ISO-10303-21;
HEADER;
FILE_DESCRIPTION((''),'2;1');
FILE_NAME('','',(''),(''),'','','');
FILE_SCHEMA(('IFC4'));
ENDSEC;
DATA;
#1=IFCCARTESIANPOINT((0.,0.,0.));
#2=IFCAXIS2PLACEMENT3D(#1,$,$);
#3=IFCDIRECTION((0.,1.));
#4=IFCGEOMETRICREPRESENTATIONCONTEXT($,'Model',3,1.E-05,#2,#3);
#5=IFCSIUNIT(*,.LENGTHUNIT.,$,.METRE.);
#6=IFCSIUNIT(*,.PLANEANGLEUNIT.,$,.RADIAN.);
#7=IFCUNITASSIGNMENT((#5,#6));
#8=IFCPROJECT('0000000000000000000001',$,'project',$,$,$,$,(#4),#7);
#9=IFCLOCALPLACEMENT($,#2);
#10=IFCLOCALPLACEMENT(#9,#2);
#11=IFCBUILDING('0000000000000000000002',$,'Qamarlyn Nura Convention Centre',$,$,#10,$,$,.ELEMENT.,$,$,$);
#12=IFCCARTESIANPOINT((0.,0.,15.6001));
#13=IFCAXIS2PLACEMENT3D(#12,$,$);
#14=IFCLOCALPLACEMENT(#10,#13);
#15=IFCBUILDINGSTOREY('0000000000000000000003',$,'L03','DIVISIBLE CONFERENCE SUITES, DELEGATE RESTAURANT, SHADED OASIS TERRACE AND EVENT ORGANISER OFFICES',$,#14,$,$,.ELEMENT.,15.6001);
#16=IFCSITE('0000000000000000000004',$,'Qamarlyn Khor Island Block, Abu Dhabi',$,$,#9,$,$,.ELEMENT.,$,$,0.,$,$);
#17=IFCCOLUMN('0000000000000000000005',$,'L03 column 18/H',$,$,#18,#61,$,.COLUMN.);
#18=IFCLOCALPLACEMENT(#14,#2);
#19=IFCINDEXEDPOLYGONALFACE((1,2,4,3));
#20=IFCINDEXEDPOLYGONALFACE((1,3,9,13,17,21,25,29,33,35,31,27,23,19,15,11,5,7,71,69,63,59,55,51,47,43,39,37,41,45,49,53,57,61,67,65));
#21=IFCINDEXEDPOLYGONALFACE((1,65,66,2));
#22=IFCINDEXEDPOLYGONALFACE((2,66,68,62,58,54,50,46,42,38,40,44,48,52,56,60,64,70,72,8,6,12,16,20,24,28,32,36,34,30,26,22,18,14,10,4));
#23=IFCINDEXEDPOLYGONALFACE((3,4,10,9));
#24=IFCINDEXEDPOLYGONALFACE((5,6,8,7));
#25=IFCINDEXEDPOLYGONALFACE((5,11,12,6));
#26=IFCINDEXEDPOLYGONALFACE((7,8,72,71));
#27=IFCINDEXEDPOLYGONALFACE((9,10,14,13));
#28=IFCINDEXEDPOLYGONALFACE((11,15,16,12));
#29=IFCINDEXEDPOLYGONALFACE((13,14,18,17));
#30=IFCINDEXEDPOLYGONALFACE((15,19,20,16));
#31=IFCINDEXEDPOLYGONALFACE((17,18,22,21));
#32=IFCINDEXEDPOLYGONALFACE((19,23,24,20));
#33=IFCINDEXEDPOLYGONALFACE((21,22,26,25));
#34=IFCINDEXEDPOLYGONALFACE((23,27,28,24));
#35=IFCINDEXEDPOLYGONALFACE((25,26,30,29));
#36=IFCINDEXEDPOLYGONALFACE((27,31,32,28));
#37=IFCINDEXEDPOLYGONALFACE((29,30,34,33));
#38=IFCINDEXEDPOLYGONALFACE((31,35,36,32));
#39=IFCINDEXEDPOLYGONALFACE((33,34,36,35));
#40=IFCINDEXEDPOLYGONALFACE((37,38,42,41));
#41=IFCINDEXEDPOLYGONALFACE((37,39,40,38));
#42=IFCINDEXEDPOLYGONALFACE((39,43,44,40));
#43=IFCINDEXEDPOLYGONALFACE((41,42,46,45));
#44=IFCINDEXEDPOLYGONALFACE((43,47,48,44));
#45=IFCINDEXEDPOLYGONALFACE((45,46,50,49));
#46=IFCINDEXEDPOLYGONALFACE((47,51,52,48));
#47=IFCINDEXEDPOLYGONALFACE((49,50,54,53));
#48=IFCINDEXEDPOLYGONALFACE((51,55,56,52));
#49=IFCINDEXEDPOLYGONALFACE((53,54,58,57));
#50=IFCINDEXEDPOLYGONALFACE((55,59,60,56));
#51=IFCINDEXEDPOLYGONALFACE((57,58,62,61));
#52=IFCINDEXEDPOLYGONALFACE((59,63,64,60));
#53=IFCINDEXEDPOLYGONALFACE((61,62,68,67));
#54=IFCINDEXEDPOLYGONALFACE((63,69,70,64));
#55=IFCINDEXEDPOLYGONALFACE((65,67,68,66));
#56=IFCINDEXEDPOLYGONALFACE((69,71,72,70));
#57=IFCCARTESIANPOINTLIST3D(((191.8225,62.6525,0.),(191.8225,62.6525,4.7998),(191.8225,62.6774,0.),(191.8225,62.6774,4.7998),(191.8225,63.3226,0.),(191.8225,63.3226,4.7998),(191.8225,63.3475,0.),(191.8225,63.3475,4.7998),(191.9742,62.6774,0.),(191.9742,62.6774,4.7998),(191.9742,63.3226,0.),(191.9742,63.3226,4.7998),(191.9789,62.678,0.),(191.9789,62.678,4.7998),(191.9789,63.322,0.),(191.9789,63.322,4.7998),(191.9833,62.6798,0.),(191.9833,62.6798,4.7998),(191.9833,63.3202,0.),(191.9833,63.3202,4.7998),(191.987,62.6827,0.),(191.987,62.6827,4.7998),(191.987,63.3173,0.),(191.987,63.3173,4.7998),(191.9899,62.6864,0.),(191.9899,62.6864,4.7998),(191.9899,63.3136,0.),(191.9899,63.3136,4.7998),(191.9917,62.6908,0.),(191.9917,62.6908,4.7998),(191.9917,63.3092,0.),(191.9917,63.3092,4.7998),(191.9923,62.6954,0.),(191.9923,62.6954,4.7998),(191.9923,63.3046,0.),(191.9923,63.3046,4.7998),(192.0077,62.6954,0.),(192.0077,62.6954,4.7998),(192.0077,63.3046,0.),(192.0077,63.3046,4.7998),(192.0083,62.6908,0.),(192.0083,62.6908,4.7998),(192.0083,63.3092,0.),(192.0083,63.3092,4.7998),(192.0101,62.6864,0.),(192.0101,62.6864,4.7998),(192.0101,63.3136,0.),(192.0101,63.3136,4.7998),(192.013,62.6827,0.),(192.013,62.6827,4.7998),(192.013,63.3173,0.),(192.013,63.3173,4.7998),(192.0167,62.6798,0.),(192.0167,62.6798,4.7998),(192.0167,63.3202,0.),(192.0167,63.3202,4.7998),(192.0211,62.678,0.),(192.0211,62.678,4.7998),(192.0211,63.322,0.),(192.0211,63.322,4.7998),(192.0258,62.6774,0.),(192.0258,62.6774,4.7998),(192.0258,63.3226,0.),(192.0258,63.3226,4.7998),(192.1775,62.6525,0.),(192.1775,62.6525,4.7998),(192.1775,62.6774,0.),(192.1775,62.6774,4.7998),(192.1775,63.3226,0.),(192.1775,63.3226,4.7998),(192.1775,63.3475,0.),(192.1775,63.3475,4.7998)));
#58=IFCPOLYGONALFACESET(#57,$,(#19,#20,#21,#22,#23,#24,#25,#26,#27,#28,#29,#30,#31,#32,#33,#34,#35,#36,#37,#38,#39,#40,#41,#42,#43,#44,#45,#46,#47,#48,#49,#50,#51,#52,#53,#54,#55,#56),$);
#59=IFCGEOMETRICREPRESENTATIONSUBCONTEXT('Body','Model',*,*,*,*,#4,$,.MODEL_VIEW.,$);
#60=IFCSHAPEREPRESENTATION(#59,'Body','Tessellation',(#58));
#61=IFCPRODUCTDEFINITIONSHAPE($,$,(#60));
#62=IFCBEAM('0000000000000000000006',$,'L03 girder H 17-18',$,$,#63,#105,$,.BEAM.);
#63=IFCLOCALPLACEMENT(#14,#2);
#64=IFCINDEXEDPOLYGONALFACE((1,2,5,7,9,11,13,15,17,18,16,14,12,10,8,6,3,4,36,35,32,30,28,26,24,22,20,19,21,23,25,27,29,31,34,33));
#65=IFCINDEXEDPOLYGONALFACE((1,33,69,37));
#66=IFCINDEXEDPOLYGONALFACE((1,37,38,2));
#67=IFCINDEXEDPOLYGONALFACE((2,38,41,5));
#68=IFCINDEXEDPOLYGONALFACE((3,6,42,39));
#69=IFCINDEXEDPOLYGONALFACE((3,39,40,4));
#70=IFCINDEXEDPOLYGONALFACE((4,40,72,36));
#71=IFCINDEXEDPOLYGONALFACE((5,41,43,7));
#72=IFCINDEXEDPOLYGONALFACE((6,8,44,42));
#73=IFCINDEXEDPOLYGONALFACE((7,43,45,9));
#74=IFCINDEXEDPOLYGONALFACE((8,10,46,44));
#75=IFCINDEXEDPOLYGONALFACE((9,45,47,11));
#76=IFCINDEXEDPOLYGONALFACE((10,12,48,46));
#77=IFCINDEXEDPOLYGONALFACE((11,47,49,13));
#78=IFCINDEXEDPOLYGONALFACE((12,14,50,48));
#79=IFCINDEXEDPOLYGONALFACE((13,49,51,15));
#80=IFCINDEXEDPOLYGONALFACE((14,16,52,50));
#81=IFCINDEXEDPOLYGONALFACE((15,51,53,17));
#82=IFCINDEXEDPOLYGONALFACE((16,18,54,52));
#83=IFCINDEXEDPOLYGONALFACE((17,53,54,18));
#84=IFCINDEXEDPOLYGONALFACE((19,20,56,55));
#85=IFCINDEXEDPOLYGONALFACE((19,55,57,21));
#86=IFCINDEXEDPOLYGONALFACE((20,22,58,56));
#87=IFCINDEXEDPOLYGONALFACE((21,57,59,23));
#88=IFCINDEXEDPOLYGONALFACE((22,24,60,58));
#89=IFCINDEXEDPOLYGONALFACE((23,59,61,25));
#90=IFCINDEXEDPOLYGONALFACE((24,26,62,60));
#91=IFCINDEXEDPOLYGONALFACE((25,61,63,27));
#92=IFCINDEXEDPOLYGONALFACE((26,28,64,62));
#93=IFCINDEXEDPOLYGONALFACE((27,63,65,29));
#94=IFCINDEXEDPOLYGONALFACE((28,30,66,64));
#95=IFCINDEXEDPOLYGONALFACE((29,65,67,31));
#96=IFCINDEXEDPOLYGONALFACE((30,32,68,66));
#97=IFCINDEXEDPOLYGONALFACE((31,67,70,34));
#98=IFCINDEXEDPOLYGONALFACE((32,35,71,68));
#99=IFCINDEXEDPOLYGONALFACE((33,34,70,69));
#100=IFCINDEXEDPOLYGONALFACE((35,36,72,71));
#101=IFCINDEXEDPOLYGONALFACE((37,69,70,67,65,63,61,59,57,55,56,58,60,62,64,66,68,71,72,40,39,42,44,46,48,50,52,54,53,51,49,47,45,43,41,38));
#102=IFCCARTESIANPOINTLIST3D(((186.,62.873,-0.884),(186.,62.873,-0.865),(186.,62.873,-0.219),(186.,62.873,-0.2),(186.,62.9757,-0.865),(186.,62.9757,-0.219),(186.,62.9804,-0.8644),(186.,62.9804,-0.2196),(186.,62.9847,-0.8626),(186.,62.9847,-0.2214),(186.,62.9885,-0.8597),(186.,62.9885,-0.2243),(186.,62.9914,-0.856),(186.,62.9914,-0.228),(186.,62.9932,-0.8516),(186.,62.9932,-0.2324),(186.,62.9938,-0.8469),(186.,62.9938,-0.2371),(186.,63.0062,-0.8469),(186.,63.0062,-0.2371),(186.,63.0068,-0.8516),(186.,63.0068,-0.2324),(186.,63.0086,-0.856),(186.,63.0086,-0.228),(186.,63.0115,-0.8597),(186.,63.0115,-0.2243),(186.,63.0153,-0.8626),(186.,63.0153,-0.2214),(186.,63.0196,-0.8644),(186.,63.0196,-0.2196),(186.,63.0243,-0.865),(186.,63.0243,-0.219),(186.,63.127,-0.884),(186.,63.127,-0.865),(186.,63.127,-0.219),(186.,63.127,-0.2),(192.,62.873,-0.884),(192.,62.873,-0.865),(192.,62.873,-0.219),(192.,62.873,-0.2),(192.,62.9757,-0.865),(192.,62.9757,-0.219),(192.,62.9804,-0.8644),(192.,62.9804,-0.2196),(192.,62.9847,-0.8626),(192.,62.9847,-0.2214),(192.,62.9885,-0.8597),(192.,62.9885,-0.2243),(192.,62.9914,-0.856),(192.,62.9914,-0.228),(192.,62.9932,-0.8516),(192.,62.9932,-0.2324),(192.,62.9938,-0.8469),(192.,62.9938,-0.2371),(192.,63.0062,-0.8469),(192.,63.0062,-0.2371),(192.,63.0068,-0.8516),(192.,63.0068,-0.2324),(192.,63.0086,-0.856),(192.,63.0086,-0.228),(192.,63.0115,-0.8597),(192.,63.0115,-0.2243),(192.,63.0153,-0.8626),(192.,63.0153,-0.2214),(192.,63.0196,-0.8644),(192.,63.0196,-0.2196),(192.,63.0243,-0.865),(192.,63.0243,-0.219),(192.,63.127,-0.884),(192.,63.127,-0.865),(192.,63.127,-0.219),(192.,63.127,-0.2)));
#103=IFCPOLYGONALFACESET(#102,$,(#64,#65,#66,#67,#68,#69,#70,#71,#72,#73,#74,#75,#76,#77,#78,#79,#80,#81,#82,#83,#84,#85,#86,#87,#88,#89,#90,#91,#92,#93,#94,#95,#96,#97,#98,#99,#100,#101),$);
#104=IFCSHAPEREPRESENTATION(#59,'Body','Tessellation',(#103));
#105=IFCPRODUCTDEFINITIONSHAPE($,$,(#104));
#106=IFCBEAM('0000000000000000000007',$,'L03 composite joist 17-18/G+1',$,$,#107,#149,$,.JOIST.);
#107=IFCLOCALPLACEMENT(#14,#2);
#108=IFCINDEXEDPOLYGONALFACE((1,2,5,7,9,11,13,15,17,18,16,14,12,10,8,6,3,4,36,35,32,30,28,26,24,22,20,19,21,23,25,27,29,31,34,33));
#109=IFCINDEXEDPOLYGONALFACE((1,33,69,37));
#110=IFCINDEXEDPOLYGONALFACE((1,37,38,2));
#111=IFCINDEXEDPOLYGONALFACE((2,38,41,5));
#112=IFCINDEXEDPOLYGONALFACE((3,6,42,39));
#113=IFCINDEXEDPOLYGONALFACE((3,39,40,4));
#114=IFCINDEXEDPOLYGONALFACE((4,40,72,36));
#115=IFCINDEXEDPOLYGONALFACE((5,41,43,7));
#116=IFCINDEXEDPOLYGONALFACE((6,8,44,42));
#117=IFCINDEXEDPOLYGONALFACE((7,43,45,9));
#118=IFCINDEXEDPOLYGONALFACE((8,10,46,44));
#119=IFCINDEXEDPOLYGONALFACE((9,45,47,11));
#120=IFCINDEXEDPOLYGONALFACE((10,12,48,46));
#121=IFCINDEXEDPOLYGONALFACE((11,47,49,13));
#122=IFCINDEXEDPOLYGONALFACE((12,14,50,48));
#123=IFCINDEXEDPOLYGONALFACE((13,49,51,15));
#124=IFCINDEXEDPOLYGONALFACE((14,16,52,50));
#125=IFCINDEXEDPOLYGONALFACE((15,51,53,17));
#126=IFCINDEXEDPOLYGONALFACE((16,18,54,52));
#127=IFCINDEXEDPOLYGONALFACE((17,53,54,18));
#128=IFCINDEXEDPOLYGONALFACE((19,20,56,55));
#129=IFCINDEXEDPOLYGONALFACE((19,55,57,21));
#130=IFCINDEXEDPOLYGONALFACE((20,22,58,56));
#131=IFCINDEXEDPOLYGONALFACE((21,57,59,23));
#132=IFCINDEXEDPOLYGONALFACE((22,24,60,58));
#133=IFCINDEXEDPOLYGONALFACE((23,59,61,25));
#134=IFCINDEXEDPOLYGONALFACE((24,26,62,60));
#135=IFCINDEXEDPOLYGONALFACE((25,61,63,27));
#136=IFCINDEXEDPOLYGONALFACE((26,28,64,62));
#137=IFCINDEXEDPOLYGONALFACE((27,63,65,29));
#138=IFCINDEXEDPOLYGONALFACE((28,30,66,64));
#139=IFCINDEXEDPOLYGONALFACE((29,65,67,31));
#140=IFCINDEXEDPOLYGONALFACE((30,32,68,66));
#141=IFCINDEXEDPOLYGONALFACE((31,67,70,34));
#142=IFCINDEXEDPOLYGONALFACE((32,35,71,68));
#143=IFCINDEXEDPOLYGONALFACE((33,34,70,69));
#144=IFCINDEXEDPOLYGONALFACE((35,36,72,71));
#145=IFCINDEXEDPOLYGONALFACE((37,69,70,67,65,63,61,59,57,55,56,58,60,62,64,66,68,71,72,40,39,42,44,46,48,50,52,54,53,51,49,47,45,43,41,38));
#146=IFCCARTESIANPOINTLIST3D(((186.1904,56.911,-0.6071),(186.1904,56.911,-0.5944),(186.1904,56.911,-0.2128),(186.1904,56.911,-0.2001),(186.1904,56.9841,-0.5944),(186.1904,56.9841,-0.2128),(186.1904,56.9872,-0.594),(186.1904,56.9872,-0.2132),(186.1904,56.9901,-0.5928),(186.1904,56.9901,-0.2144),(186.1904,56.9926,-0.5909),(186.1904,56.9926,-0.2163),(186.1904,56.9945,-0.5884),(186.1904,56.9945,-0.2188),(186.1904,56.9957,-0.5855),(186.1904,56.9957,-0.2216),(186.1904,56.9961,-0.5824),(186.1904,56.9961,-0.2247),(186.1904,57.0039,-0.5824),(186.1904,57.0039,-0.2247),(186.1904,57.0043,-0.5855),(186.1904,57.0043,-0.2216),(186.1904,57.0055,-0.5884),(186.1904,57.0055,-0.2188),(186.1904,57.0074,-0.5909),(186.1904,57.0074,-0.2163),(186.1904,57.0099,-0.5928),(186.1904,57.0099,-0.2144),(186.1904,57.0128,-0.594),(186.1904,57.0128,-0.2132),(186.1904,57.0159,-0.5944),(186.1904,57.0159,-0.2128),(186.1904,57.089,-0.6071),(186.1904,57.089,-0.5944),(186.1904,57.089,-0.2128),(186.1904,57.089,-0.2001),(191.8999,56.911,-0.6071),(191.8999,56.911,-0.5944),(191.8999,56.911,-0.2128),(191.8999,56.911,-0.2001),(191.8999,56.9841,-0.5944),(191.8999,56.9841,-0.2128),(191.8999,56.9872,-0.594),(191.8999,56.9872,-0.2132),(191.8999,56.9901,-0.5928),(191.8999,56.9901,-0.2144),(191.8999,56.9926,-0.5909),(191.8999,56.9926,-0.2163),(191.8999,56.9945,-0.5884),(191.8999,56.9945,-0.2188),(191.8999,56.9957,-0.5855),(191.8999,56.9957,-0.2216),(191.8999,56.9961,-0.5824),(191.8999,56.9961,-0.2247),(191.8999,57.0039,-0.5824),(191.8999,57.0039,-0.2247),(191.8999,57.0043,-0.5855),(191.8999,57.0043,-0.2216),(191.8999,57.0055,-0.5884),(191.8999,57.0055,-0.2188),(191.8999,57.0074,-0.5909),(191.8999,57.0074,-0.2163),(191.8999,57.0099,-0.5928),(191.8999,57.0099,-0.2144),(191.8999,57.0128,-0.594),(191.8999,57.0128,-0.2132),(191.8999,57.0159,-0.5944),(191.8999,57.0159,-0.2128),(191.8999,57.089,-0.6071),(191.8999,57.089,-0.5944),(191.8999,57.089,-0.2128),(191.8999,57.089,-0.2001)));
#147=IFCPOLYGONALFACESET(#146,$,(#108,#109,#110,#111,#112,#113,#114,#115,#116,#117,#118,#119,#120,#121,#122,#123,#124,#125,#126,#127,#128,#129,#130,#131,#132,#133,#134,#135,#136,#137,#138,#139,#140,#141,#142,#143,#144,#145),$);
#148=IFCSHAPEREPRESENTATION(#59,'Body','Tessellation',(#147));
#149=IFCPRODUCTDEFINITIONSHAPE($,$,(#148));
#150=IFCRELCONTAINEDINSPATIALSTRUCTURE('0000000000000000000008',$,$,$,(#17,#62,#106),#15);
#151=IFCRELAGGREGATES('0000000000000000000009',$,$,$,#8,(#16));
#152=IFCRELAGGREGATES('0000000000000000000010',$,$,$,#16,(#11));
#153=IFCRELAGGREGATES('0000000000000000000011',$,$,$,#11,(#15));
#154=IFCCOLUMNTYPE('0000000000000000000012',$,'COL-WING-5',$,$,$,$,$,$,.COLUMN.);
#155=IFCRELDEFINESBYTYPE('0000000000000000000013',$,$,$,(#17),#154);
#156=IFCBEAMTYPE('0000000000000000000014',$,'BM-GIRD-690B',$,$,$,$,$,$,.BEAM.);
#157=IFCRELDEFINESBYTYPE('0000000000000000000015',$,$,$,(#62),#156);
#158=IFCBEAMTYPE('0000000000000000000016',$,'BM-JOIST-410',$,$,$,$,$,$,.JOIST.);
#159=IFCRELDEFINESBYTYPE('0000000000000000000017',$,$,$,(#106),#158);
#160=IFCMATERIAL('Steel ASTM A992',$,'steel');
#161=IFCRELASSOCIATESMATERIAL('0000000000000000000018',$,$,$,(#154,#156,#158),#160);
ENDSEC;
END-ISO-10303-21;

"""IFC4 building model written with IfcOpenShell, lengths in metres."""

from ifc_helpers import new_model, si_unit, direction, frame, origin, origin_2d, place, context, subcontext, project, spatial, i_section, extrude, material, material_profile, profile_set, type_object, element, save


model = new_model("IFC4")

# Units and contexts
model_context = context("Model", 3, precision=1e-05, world=origin(), true_north=direction((0.0, 1.0)))
body_context = subcontext(model_context, "Body", "Model", "MODEL_VIEW")
ifc_project = project(units=[si_unit("LENGTHUNIT", "METRE"), si_unit("PLANEANGLEUNIT", "RADIAN")], contexts=[model_context])

# Site, building, storey
site_placement = place(None, origin())
site = spatial("IfcSite", under=ifc_project, at=site_placement, Name="Qamarlyn Khor Island Block, Abu Dhabi", CompositionType="ELEMENT", RefElevation=0.0)
building_placement = place(site_placement, origin())
building = spatial("IfcBuilding", under=site, at=building_placement, Name="Qamarlyn Nura Convention Centre", CompositionType="ELEMENT")
storey_placement = place(building_placement, frame((0.0, 0.0, 15.6001)))
storey = spatial("IfcBuildingStorey", under=building, at=storey_placement, Name="L03", Description="DIVISIBLE CONFERENCE SUITES, DELEGATE RESTAURANT, SHADED OASIS TERRACE AND EVENT ORGANISER OFFICES", CompositionType="ELEMENT", Elevation=15.6001)

# Column
ifc_material_1 = material(Name="Steel ASTM A992", Category="steel")
ifc_material_profile_1 = material_profile(ifc_material_1, i_section(OverallWidth=0.355, OverallDepth=0.6951, WebThickness=0.0154, FlangeThickness=0.0249, FilletRadius=0.0181, at=origin_2d()), Name="W690X217")
ifc_profile_set_1 = profile_set([ifc_material_profile_1], Name="Steel ASTM A992")
column_type = type_object("IfcColumnType", Name="COL-WING-5", PredefinedType="COLUMN", material=ifc_profile_set_1)
column_placement = place(storey_placement, frame((192.0, 63.0, 0.0), z_axis=(0.0, 0.0, 1.0), x_axis=(1.0, 0.0, 0.0)))
element("IfcColumn", 1, at=column_placement, inside=storey, type_object=column_type, Name="L03 column 18/H", PredefinedType="COLUMN", context=body_context, shape_type="SweptSolid", body=[
    extrude(i_section(OverallWidth=0.355, OverallDepth=0.6951, WebThickness=0.0154, FlangeThickness=0.0249, FilletRadius=0.0181, at=origin_2d()), origin(), (0.0, 0.0, 1.0), 4.7998),
])

# Beams
ifc_material_profile_2 = material_profile(ifc_material_1, i_section(OverallWidth=0.2539, OverallDepth=0.6841, WebThickness=0.0125, FlangeThickness=0.019, FilletRadius=0.0181, at=origin_2d()), Name="W690X140")
ifc_profile_set_2 = profile_set([ifc_material_profile_2], Name="Steel ASTM A992")
beam_type_1 = type_object("IfcBeamType", Name="BM-GIRD-690B", PredefinedType="BEAM", material=ifc_profile_set_2)
beam_1_placement = place(storey_placement, frame((186.0, 63.0, -0.542), z_axis=(1.0, 0.0, 0.0), x_axis=(0.0, 1.0, 0.0)))
element("IfcBeam", 2, at=beam_1_placement, inside=storey, type_object=beam_type_1, Name="L03 girder H 17-18", PredefinedType="BEAM", context=body_context, shape_type="SweptSolid", body=[
    extrude(i_section(OverallWidth=0.2539, OverallDepth=0.6841, WebThickness=0.0125, FlangeThickness=0.019, FilletRadius=0.0181, at=origin_2d()), origin(), (0.0, 0.0, 1.0), 6.0),
])
ifc_material_profile_3 = material_profile(ifc_material_1, i_section(OverallWidth=0.178, OverallDepth=0.407, WebThickness=0.0078, FlangeThickness=0.0127, FilletRadius=0.012, at=origin_2d()), Name="W410X60")
ifc_profile_set_3 = profile_set([ifc_material_profile_3], Name="Steel ASTM A992")
beam_type_2 = type_object("IfcBeamType", Name="BM-JOIST-410", PredefinedType="JOIST", material=ifc_profile_set_3)
beam_2_placement = place(storey_placement, frame((186.1904, 57.0, -0.4036), z_axis=(1.0, 0.0, 0.0), x_axis=(0.0, 1.0, 0.0)))
element("IfcBeam", 3, at=beam_2_placement, inside=storey, type_object=beam_type_2, Name="L03 composite joist 17-18/G+1", PredefinedType="JOIST", context=body_context, shape_type="SweptSolid", body=[
    extrude(i_section(OverallWidth=0.178, OverallDepth=0.407, WebThickness=0.0078, FlangeThickness=0.0127, FilletRadius=0.012, at=origin_2d()), origin(), (0.0, 0.0, 1.0), 5.7095),
])

save(model, "model.ifc")
